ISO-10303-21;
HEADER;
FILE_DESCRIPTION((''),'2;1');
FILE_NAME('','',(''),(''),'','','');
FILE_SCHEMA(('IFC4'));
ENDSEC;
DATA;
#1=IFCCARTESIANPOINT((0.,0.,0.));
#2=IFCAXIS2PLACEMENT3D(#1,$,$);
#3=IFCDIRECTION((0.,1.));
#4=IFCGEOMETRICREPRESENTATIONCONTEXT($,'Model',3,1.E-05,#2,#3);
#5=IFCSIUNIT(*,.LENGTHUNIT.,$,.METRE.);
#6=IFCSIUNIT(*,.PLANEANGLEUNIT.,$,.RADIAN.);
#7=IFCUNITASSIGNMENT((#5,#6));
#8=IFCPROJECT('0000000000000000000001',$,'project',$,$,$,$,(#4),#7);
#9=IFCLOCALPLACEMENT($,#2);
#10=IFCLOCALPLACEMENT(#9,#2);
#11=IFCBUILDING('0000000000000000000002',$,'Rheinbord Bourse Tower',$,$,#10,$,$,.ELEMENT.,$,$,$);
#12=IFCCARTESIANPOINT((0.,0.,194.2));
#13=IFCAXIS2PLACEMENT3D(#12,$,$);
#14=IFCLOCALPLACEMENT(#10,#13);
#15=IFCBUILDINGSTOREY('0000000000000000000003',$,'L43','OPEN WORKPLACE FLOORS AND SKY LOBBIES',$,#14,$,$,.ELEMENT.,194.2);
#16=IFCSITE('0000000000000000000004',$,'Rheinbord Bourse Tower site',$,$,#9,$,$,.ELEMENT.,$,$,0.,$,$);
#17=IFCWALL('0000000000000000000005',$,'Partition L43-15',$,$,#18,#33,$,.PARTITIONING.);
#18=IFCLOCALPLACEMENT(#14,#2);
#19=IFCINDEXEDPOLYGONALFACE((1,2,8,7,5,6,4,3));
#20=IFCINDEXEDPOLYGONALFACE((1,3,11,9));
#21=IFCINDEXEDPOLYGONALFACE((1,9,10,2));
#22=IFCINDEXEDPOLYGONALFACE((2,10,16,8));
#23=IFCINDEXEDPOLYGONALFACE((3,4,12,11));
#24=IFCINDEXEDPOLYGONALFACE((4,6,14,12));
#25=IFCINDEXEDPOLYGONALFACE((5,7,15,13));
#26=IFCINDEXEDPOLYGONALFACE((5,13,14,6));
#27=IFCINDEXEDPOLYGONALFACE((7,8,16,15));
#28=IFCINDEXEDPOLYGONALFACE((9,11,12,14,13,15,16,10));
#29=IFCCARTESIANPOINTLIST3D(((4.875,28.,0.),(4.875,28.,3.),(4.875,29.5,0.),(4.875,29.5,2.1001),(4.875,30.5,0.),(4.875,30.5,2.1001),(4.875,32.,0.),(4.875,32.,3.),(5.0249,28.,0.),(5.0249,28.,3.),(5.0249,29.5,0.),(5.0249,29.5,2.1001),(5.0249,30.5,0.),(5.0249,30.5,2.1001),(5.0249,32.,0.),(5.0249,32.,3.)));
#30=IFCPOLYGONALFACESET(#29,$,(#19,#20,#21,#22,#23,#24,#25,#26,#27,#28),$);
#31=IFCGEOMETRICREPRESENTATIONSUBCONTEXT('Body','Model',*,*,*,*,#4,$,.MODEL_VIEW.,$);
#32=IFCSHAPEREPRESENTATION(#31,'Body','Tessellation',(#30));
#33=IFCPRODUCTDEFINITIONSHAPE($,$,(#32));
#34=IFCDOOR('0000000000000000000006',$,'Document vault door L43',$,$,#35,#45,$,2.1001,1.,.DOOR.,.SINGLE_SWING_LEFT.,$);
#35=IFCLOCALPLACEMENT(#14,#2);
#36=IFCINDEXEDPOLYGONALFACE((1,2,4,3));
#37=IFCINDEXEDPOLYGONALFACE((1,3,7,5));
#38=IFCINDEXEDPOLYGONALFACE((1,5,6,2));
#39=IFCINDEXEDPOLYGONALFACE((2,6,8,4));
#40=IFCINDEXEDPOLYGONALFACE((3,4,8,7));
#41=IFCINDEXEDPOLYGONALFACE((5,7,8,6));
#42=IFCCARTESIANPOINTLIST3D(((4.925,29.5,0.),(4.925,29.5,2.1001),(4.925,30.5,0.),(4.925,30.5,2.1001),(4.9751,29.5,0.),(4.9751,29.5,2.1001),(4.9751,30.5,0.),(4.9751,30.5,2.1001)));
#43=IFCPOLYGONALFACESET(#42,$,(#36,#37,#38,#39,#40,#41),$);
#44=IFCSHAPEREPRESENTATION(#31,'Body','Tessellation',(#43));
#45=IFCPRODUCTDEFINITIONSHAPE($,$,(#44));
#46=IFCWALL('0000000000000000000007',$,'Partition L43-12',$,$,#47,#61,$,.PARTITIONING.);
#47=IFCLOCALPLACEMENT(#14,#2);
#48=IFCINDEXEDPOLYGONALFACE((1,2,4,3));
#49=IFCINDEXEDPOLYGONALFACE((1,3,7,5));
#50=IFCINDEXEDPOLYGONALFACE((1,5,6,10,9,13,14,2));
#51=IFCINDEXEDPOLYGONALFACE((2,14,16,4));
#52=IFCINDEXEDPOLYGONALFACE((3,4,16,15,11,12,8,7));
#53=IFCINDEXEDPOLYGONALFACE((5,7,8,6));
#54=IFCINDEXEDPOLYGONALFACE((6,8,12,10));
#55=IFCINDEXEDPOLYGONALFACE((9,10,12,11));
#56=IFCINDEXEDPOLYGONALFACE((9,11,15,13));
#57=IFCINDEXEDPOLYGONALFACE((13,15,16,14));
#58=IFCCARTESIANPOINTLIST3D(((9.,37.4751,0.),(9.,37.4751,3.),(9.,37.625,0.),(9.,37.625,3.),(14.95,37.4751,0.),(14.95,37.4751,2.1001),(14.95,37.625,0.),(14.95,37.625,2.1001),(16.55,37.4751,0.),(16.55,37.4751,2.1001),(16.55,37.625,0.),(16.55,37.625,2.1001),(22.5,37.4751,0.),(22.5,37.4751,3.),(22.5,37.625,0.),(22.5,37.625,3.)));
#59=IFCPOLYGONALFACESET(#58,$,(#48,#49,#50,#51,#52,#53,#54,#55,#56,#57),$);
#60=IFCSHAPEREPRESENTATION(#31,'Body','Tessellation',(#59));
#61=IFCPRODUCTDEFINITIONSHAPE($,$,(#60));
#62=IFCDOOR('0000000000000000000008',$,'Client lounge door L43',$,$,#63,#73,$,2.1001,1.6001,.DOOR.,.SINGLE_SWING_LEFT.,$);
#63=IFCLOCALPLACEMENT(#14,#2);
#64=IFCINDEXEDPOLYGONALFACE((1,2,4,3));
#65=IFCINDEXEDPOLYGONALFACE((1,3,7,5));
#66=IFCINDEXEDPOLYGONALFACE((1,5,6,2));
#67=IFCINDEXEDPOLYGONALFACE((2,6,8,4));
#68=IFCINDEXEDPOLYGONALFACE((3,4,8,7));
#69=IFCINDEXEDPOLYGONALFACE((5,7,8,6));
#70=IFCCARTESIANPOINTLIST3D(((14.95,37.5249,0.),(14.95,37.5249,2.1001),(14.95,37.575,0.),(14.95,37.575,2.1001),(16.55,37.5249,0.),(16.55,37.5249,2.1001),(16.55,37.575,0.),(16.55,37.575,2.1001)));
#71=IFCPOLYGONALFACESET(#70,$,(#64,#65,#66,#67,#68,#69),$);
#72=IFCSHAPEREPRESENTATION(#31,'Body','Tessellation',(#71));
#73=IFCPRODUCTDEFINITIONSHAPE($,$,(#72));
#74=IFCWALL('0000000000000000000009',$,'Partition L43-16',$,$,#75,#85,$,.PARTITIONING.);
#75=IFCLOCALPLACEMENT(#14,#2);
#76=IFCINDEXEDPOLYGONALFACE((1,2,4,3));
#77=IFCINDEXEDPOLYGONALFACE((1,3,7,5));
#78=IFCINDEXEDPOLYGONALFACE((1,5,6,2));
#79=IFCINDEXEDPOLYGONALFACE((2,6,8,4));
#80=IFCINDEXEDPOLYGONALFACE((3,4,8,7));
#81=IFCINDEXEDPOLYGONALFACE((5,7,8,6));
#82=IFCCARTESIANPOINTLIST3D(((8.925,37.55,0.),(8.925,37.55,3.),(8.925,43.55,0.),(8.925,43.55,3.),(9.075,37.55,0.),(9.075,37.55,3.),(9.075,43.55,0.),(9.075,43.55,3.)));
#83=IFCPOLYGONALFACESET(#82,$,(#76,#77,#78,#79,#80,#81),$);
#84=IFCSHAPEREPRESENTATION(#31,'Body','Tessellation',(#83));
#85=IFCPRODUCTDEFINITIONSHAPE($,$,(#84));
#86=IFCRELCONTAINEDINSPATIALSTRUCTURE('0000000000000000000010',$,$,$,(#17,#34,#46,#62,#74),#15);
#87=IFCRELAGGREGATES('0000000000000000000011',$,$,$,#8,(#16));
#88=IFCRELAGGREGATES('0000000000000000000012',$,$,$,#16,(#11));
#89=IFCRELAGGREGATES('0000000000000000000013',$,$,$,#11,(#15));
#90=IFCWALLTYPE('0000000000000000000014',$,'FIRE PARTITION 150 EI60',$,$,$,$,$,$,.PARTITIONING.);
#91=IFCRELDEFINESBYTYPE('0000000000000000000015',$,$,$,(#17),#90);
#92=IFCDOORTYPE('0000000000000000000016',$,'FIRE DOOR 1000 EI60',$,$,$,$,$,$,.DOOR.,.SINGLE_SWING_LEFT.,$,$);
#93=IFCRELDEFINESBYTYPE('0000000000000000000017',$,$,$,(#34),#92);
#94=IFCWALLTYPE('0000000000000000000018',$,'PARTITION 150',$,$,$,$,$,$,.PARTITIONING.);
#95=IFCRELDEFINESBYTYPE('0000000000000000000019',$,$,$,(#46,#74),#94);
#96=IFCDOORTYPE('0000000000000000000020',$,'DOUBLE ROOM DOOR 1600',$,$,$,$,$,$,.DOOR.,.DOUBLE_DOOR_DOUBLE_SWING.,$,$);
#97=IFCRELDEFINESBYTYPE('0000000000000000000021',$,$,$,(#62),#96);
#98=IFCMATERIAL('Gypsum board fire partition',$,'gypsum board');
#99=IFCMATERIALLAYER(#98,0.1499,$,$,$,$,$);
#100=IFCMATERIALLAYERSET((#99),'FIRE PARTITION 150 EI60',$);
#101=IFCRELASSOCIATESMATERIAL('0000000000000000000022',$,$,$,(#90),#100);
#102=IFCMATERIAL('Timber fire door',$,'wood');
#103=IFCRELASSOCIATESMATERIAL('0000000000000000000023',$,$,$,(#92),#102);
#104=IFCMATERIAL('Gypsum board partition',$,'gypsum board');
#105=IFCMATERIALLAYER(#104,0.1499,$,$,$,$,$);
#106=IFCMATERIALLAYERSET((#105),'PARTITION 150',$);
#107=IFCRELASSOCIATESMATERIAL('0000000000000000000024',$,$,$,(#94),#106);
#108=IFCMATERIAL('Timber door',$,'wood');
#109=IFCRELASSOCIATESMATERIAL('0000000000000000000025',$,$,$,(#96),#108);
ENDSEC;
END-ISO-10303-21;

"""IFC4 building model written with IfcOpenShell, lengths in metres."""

from ifc_helpers import new_model, si_unit, direction, frame, frame_2d, origin, place, context, subcontext, project, spatial, rectangle, extrude, material, layer, layer_set, type_object, element, fill, save


model = new_model("IFC4")

# Units and contexts
model_context = context("Model", 3, precision=1e-05, world=origin(), true_north=direction((0.0, 1.0)))
body_context = subcontext(model_context, "Body", "Model", "MODEL_VIEW")
ifc_project = project(units=[si_unit("LENGTHUNIT", "METRE"), si_unit("PLANEANGLEUNIT", "RADIAN")], contexts=[model_context])

# Site, building, storey
site_placement = place(None, origin())
site = spatial("IfcSite", under=ifc_project, at=site_placement, Name="Rheinbord Bourse Tower site", CompositionType="ELEMENT", RefElevation=0.0)
building_placement = place(site_placement, origin())
building = spatial("IfcBuilding", under=site, at=building_placement, Name="Rheinbord Bourse Tower", CompositionType="ELEMENT")
storey_placement = place(building_placement, frame((0.0, 0.0, 194.2)))
storey = spatial("IfcBuildingStorey", under=building, at=storey_placement, Name="L43", Description="OPEN WORKPLACE FLOORS AND SKY LOBBIES", CompositionType="ELEMENT", Elevation=194.2)

# Shared definitions
ifc_material_1 = material(Name="Gypsum board fire partition", Category="gypsum board")
ifc_layer_1 = layer(ifc_material_1, 0.1499)
ifc_layer_set_1 = layer_set([ifc_layer_1], Name="FIRE PARTITION 150 EI60")
wall_type_1 = type_object("IfcWallType", Name="FIRE PARTITION 150 EI60", PredefinedType="PARTITIONING", material=ifc_layer_set_1)

# Walls, openings, doors
wall_1_placement = place(storey_placement, frame((4.95, 28.0, 0.0), z_axis=(0.0, 0.0, 1.0), x_axis=(0.0, 1.0, 0.0)))
wall_1 = element("IfcWall", 1, at=wall_1_placement, inside=storey, type_object=wall_type_1, Name="Partition L43-15", PredefinedType="PARTITIONING", context=body_context, shape_type="SweptSolid", body=[
    extrude(rectangle(XDim=4.0, YDim=0.1499, at=frame_2d((2.0, 0.0))), origin(), (0.0, 0.0, 1.0), 3.0),
])
opening_1_placement = place(wall_1_placement, frame((1.5, 0.0, 0.0)))
opening_1 = element("IfcOpeningElement", 2, at=opening_1_placement, cuts=wall_1, PredefinedType="OPENING", context=body_context, shape_type="SweptSolid", body=[
    extrude(rectangle(XDim=1.0, YDim=2.1001, at=frame_2d((0.5, 1.05))), frame((0.0, 0.085, 0.0), z_axis=(0.0, -1.0, 0.0), x_axis=(1.0, 0.0, 0.0)), (0.0, 0.0, 1.0), 0.1699),
])
ifc_material_2 = material(Name="Timber fire door", Category="wood")
door_type_1 = type_object("IfcDoorType", Name="FIRE DOOR 1000 EI60", OperationType="SINGLE_SWING_LEFT", PredefinedType="DOOR", material=ifc_material_2)
door_1_placement = place(opening_1_placement, origin())
door_1 = element("IfcDoor", 3, at=door_1_placement, inside=storey, type_object=door_type_1, Name="Document vault door L43", OperationType="SINGLE_SWING_LEFT", OverallHeight=2.1001, OverallWidth=1.0, PredefinedType="DOOR", context=body_context, shape_type="SweptSolid", body=[
    extrude(rectangle(XDim=1.0, YDim=2.1001, at=frame_2d((0.5, 1.05))), frame((0.0, 0.0249, 0.0), z_axis=(0.0, -1.0, 0.0), x_axis=(1.0, 0.0, 0.0)), (0.0, 0.0, 1.0), 0.05),
])
fill(opening_1, door_1)
ifc_material_3 = material(Name="Gypsum board partition", Category="gypsum board")
ifc_layer_2 = layer(ifc_material_3, 0.1499)
ifc_layer_set_2 = layer_set([ifc_layer_2], Name="PARTITION 150")
wall_type_2 = type_object("IfcWallType", Name="PARTITION 150", PredefinedType="PARTITIONING", material=ifc_layer_set_2)
wall_2_placement = place(storey_placement, frame((9.0, 37.55, 0.0), z_axis=(0.0, 0.0, 1.0), x_axis=(1.0, 0.0, 0.0)))
wall_2 = element("IfcWall", 4, at=wall_2_placement, inside=storey, type_object=wall_type_2, Name="Partition L43-12", PredefinedType="PARTITIONING", context=body_context, shape_type="SweptSolid", body=[
    extrude(rectangle(XDim=13.5, YDim=0.1499, at=frame_2d((6.75, 0.0))), origin(), (0.0, 0.0, 1.0), 3.0),
])
opening_2_placement = place(wall_2_placement, frame((5.95, 0.0, 0.0)))
opening_2 = element("IfcOpeningElement", 5, at=opening_2_placement, cuts=wall_2, PredefinedType="OPENING", context=body_context, shape_type="SweptSolid", body=[
    extrude(rectangle(XDim=1.6001, YDim=2.1001, at=frame_2d((0.8, 1.05))), frame((0.0, 0.085, 0.0), z_axis=(0.0, -1.0, 0.0), x_axis=(1.0, 0.0, 0.0)), (0.0, 0.0, 1.0), 0.1699),
])
ifc_material_4 = material(Name="Timber door", Category="wood")
door_type_2 = type_object("IfcDoorType", Name="DOUBLE ROOM DOOR 1600", OperationType="DOUBLE_DOOR_DOUBLE_SWING", PredefinedType="DOOR", material=ifc_material_4)
door_2_placement = place(opening_2_placement, origin())
door_2 = element("IfcDoor", 6, at=door_2_placement, inside=storey, type_object=door_type_2, Name="Client lounge door L43", OperationType="SINGLE_SWING_LEFT", OverallHeight=2.1001, OverallWidth=1.6001, PredefinedType="DOOR", context=body_context, shape_type="SweptSolid", body=[
    extrude(rectangle(XDim=1.6001, YDim=2.1001, at=frame_2d((0.8, 1.05))), frame((0.0, 0.0249, 0.0), z_axis=(0.0, -1.0, 0.0), x_axis=(1.0, 0.0, 0.0)), (0.0, 0.0, 1.0), 0.05),
])
fill(opening_2, door_2)

# Wall
wall_3_placement = place(storey_placement, frame((9.0, 37.55, 0.0), z_axis=(0.0, 0.0, 1.0), x_axis=(0.0, 1.0, 0.0)))
element("IfcWall", 7, at=wall_3_placement, inside=storey, type_object=wall_type_2, Name="Partition L43-16", PredefinedType="PARTITIONING", context=body_context, shape_type="SweptSolid", body=[
    extrude(rectangle(XDim=6.0, YDim=0.1499, at=frame_2d((3.0, 0.0))), origin(), (0.0, 0.0, 1.0), 3.0),
])

save(model, "model.ifc")
